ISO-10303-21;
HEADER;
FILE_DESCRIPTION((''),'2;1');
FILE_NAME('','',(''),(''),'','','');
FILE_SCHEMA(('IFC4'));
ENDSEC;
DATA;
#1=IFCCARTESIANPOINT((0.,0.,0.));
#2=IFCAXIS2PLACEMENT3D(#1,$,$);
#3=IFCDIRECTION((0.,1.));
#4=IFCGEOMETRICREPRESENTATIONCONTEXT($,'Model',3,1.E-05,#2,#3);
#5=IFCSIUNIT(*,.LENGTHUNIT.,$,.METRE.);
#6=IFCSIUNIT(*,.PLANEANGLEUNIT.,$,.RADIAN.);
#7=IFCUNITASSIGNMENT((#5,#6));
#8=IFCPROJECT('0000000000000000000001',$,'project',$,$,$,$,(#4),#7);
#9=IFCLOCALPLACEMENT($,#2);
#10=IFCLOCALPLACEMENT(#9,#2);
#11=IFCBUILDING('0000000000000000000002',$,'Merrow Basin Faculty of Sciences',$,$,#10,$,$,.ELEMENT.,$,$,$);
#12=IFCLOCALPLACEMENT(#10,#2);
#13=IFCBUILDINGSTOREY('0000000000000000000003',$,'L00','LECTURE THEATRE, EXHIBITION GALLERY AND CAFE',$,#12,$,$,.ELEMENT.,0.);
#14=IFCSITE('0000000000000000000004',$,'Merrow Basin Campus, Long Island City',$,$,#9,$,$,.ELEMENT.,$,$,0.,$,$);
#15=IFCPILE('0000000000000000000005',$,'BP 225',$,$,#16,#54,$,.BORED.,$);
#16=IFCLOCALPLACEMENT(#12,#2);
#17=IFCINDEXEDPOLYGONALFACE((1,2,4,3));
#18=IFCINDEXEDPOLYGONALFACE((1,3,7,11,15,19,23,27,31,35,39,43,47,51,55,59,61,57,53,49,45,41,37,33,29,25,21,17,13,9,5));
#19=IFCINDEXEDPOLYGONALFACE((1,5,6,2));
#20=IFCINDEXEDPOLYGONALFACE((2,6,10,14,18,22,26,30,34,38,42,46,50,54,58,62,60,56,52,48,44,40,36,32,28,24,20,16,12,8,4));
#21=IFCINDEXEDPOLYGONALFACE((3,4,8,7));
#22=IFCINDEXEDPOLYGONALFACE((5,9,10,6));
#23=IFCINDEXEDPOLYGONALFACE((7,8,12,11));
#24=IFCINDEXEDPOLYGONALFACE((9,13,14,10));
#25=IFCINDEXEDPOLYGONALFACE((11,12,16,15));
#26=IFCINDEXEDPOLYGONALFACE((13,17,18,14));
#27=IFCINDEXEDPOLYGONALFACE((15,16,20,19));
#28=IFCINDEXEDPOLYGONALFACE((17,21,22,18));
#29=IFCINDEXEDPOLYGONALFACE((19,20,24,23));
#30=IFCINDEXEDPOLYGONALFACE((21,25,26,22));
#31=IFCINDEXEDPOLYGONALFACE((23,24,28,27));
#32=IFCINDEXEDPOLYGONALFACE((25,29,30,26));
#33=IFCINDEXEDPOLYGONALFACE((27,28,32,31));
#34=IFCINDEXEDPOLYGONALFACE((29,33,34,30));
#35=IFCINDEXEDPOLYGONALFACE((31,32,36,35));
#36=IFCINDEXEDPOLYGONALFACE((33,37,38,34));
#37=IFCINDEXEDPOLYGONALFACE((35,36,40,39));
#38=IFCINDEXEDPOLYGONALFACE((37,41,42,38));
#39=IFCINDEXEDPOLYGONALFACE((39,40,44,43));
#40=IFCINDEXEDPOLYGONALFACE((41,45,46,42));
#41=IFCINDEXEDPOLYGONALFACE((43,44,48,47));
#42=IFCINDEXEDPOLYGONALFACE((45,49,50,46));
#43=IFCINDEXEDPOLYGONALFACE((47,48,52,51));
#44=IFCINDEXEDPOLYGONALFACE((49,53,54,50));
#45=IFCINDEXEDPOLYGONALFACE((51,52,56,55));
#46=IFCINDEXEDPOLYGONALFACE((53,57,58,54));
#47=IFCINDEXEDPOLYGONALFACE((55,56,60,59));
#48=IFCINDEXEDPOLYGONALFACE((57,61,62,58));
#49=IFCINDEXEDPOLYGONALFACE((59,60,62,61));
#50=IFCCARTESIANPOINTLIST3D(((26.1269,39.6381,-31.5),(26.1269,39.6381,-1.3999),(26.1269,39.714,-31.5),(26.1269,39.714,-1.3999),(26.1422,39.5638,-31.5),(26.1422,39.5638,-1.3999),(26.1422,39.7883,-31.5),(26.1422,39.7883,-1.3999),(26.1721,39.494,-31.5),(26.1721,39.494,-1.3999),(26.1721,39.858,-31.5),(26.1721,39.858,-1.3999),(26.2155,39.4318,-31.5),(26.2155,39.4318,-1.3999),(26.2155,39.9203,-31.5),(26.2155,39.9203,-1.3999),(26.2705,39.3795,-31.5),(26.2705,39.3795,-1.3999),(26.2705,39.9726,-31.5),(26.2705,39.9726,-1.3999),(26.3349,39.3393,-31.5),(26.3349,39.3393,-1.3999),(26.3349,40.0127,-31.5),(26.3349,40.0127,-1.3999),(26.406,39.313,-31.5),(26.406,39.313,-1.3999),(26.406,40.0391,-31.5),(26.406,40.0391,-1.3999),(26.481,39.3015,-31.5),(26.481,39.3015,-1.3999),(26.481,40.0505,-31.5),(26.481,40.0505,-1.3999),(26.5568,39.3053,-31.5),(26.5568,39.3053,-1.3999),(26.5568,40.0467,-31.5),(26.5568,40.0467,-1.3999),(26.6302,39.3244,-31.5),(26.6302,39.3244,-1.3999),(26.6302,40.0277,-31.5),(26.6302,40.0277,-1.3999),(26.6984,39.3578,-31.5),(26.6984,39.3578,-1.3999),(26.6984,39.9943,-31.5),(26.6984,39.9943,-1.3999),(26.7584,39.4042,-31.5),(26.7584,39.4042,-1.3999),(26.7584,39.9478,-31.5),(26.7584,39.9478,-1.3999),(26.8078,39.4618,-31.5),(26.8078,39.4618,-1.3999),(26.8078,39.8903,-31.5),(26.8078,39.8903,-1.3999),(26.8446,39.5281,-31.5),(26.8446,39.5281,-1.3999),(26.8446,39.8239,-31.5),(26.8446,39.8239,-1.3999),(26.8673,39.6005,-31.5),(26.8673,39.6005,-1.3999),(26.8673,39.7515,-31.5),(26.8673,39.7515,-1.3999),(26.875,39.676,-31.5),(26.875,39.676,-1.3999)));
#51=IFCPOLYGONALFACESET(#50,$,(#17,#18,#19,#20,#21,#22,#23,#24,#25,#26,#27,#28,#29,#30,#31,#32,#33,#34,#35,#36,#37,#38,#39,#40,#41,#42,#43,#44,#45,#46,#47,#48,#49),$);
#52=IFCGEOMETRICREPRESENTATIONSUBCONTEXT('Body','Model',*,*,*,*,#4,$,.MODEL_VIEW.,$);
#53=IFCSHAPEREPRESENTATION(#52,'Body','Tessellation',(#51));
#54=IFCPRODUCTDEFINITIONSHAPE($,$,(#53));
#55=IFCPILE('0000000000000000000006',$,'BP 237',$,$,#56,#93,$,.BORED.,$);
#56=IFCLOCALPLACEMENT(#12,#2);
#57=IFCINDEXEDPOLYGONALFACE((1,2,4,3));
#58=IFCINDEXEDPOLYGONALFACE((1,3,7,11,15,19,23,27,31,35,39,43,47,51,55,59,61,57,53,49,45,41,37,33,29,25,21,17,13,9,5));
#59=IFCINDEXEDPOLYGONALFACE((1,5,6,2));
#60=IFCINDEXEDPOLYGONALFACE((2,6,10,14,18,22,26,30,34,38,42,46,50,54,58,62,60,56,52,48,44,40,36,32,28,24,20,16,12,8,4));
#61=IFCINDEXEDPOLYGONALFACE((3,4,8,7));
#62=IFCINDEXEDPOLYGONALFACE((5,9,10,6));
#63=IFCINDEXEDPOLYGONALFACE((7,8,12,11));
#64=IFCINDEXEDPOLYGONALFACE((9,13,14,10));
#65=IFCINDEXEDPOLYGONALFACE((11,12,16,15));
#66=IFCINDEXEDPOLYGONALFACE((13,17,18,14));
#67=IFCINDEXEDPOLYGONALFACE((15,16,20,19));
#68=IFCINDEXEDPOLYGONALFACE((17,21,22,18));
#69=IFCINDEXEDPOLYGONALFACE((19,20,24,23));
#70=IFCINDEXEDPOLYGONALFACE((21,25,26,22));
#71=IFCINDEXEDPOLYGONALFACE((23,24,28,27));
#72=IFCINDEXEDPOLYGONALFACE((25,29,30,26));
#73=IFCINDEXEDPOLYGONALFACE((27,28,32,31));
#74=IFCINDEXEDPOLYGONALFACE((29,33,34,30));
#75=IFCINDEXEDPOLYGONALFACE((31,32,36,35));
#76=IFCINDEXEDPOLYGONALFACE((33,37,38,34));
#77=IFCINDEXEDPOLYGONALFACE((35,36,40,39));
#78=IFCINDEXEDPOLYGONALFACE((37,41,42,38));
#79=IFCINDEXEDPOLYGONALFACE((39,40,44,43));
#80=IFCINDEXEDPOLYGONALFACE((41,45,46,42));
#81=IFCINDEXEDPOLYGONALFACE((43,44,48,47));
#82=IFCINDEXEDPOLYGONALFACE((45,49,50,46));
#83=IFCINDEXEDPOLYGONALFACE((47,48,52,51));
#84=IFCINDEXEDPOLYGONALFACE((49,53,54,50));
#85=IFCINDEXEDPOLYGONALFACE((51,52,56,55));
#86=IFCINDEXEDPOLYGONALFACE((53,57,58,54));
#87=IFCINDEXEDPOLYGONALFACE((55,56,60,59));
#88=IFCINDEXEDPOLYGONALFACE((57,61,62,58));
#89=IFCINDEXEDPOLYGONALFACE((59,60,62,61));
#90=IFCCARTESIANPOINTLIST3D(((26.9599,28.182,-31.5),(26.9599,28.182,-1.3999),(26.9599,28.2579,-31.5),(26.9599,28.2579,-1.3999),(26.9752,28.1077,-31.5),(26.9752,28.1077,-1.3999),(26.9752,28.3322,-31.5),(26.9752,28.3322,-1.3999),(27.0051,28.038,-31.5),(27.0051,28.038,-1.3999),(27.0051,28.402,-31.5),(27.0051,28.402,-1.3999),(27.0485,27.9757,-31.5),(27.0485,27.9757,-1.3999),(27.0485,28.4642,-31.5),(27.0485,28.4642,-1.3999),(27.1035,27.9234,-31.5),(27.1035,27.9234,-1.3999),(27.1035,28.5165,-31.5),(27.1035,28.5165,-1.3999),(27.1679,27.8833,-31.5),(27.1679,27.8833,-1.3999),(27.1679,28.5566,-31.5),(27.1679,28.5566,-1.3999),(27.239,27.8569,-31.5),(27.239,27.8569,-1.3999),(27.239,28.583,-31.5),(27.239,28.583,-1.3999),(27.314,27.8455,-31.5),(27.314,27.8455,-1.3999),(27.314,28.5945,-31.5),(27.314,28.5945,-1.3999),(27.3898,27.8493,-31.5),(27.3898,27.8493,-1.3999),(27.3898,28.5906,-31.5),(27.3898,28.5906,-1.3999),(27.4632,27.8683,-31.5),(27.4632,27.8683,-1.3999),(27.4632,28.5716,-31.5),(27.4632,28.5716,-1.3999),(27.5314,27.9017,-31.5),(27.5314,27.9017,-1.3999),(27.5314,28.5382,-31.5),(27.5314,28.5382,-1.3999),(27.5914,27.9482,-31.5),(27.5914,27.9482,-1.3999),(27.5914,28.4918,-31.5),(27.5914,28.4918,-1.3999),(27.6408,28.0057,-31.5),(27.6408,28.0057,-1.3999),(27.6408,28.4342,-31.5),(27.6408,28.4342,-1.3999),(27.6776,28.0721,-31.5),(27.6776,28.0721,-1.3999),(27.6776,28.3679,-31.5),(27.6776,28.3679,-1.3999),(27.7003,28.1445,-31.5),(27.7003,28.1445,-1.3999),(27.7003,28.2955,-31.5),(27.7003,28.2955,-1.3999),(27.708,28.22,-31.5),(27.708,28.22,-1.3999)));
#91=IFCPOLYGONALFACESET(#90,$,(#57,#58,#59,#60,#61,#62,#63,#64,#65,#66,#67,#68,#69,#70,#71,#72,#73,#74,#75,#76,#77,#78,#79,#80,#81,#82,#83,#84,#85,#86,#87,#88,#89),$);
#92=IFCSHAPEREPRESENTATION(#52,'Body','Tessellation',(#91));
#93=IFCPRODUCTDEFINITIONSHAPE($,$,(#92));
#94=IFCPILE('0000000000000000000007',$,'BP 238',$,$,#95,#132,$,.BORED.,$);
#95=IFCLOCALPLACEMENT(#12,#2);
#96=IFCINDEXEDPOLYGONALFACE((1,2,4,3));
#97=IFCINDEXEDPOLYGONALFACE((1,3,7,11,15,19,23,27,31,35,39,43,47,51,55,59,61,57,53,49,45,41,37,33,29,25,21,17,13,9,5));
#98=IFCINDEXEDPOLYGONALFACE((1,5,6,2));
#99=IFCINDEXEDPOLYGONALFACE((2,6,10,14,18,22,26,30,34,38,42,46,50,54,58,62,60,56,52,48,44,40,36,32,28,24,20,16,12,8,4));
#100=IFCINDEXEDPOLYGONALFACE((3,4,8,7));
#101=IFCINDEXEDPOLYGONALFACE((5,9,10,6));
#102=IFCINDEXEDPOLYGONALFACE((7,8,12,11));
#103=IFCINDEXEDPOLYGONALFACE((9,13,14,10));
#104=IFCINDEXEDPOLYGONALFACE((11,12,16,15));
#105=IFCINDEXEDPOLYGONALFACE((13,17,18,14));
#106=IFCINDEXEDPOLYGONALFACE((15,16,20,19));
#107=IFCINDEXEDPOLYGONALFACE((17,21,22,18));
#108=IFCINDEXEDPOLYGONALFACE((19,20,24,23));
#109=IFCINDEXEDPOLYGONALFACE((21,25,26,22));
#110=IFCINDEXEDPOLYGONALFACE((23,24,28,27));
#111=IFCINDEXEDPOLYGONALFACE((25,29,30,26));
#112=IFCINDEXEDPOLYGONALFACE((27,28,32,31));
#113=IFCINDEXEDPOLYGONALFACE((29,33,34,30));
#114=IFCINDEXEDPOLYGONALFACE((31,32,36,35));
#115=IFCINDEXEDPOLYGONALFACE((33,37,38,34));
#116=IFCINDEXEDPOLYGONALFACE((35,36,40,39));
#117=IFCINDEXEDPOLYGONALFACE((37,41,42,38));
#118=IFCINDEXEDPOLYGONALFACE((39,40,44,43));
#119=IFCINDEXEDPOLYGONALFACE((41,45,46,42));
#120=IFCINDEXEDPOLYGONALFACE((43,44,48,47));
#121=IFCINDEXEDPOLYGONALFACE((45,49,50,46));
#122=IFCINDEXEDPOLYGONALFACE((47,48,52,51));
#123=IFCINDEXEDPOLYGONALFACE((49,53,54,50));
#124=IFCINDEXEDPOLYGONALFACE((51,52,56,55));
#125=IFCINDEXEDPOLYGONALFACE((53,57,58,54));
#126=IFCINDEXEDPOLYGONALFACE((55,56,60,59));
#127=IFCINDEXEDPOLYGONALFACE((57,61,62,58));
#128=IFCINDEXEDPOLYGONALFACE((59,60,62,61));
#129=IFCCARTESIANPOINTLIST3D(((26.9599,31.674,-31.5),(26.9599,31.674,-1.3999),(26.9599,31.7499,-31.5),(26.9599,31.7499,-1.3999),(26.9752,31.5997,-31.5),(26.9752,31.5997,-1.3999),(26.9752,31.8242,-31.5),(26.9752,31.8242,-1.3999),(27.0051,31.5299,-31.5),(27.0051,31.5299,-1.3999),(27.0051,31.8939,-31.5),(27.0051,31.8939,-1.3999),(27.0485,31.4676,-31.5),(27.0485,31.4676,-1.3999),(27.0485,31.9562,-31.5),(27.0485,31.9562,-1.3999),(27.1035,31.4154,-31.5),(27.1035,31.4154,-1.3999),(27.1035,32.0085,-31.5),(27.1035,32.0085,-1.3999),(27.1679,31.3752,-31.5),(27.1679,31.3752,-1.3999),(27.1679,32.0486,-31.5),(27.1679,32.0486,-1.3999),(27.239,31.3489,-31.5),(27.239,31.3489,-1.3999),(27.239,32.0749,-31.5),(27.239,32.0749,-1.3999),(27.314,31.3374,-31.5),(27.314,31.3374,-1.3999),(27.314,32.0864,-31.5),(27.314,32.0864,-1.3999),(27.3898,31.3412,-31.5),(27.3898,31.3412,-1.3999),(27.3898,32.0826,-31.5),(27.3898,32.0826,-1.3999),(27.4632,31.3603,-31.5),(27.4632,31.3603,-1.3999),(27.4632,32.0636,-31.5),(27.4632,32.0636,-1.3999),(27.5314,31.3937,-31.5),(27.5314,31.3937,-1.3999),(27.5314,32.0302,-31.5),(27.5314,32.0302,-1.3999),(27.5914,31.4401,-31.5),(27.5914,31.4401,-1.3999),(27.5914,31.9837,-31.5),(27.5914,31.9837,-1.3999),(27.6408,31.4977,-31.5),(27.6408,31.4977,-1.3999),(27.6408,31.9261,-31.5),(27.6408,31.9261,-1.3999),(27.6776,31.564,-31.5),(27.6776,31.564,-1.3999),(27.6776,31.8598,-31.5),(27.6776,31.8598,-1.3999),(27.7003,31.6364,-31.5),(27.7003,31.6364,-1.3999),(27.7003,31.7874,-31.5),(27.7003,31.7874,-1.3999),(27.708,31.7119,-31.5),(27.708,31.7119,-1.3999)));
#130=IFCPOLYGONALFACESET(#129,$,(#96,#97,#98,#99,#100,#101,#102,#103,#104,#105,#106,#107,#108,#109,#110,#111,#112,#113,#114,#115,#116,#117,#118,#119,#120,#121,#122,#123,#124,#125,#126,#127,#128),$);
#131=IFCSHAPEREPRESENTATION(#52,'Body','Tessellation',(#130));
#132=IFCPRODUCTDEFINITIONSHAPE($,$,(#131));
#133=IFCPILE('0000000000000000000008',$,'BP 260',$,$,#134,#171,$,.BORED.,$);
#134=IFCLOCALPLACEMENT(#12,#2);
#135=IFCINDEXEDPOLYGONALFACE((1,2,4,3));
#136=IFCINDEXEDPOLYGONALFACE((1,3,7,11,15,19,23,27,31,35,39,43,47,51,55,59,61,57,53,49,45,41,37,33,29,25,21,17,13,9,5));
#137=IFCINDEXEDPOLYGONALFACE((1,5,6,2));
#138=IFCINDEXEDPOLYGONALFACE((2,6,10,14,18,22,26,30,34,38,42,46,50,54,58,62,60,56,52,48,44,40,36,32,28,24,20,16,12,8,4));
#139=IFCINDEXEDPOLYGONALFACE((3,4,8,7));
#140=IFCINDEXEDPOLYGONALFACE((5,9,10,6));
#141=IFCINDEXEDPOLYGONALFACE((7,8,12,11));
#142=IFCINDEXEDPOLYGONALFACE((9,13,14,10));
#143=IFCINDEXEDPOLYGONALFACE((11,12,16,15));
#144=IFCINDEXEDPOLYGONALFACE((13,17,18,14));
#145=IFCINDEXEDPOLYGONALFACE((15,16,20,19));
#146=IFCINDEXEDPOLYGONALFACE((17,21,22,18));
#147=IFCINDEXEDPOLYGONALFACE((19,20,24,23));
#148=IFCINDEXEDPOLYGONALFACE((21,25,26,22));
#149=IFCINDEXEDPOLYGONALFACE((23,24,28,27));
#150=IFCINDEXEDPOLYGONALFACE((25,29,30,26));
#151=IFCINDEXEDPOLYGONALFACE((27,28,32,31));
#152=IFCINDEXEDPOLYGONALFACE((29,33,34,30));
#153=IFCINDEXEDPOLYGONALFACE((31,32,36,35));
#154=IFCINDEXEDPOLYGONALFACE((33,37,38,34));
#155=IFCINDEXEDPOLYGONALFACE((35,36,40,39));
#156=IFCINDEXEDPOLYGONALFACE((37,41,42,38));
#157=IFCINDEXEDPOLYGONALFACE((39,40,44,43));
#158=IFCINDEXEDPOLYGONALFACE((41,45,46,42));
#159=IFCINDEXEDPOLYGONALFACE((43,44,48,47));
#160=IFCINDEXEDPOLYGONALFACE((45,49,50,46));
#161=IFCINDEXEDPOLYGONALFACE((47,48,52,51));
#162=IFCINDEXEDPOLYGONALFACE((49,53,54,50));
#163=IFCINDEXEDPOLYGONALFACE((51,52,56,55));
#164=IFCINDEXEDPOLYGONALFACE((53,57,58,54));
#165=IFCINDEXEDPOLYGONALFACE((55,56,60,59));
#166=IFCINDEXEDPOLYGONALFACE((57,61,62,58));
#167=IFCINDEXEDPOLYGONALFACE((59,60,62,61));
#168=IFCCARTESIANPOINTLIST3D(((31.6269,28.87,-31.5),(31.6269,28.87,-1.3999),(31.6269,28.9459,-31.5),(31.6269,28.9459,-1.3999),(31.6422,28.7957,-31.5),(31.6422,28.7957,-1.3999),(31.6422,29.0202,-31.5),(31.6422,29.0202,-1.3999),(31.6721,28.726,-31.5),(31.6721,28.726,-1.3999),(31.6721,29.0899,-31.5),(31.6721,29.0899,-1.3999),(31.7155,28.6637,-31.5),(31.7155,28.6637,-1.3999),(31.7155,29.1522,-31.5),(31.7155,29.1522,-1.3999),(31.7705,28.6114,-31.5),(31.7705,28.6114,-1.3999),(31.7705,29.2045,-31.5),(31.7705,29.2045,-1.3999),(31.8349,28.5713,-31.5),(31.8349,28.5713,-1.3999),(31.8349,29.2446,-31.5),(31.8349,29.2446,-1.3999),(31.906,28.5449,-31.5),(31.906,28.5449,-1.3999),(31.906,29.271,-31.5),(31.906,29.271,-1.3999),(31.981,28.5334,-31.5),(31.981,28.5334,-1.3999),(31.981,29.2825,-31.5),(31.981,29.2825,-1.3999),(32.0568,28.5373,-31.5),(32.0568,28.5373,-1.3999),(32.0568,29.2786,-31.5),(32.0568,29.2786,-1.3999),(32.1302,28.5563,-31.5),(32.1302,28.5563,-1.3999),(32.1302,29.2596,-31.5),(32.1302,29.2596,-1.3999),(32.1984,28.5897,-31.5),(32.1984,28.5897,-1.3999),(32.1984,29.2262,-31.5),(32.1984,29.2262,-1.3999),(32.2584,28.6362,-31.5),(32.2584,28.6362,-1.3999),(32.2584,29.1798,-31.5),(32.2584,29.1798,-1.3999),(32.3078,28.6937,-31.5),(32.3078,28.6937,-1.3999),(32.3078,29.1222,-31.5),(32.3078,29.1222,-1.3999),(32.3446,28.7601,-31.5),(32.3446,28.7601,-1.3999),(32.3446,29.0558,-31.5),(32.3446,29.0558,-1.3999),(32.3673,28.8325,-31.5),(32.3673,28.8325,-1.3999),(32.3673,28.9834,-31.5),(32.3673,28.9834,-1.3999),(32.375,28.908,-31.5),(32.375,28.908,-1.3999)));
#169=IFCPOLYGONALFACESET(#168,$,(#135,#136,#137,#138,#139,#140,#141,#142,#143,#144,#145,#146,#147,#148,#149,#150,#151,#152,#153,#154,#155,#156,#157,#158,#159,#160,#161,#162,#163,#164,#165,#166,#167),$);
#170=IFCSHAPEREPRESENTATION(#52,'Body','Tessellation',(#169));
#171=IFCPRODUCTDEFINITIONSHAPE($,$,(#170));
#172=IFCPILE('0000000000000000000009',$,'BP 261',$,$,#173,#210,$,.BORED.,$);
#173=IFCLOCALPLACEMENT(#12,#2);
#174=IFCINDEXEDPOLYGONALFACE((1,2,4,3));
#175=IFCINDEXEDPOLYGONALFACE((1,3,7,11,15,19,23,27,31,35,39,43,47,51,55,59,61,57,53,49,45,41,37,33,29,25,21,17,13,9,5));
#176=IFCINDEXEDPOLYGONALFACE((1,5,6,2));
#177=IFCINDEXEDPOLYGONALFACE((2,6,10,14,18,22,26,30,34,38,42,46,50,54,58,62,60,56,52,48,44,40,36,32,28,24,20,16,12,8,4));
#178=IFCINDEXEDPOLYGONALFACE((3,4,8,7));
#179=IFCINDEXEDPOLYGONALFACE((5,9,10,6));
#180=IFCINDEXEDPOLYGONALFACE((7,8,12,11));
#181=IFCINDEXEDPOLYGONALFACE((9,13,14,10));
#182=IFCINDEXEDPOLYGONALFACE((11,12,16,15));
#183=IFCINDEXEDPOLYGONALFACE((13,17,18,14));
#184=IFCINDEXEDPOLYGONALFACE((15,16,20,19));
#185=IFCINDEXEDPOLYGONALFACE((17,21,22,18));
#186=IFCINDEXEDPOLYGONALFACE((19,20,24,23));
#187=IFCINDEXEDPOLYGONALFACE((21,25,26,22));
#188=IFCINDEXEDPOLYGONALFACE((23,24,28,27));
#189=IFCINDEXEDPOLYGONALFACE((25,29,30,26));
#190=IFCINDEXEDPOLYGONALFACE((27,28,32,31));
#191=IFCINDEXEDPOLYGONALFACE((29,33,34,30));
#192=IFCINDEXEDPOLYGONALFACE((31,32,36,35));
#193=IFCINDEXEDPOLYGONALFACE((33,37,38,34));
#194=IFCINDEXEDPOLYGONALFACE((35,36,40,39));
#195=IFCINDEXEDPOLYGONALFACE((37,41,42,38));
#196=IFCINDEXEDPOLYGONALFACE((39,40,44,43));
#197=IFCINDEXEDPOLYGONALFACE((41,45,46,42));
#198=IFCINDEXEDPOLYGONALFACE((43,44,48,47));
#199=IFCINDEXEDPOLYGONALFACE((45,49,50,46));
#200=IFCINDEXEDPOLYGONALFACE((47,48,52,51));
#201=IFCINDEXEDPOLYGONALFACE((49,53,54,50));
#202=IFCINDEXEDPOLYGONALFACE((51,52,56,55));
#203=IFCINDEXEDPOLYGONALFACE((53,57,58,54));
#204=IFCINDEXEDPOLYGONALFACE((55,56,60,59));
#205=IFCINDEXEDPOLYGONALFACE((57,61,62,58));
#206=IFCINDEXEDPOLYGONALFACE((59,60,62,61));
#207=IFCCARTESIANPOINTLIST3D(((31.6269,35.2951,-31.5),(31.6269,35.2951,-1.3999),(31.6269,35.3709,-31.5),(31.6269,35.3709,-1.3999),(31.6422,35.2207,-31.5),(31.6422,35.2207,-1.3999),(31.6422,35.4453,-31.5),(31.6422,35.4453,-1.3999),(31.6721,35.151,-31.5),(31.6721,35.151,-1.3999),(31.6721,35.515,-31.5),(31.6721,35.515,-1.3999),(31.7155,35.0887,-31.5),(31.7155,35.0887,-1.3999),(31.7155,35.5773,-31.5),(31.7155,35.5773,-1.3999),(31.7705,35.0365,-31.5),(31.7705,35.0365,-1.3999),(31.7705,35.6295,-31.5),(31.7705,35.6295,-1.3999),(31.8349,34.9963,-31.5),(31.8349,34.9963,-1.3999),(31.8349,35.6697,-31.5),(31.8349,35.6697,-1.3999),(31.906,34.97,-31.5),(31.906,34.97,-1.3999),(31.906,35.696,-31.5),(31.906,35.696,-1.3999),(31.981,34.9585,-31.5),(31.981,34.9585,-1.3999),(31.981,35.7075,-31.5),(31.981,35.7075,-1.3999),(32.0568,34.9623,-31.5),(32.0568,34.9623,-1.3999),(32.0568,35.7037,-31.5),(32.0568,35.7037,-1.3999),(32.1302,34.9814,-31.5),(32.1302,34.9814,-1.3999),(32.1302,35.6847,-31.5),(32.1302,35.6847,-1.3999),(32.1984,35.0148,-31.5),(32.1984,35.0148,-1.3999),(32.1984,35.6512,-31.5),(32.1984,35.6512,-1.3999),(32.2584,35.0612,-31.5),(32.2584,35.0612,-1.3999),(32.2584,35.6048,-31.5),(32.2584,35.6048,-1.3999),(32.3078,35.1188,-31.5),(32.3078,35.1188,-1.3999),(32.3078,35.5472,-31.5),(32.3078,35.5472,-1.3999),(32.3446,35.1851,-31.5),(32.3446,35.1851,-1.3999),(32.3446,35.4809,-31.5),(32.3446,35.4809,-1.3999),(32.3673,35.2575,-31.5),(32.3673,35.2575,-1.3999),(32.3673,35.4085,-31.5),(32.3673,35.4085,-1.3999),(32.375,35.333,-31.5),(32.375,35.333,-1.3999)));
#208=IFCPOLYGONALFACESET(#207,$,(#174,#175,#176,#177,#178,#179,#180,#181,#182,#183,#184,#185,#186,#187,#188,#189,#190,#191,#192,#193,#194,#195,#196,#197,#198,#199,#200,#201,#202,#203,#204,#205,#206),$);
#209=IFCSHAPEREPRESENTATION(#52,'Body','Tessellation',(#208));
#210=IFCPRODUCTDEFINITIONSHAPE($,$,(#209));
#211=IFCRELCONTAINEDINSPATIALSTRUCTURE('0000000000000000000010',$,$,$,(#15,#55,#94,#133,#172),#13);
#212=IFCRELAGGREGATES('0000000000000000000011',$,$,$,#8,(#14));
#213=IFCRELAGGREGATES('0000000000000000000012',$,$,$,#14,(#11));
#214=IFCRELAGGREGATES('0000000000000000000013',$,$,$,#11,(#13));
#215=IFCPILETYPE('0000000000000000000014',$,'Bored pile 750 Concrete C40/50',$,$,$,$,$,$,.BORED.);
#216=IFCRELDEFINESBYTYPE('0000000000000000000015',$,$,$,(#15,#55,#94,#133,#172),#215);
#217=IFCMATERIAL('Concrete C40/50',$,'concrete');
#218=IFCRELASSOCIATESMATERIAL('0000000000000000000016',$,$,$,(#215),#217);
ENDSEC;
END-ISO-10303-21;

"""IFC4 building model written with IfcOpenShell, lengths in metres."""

from ifc_helpers import new_model, si_unit, direction, frame, origin, origin_2d, place, context, subcontext, project, spatial, circle, extrude, material, material_profile, profile_set, type_object, element, save


model = new_model("IFC4")

# Units and contexts
model_context = context("Model", 3, precision=1e-05, world=origin(), true_north=direction((0.0, 1.0)))
body_context = subcontext(model_context, "Body", "Model", "MODEL_VIEW")
ifc_project = project(units=[si_unit("LENGTHUNIT", "METRE"), si_unit("PLANEANGLEUNIT", "RADIAN")], contexts=[model_context])

# Site, building, storey
site_placement = place(None, origin())
site = spatial("IfcSite", under=ifc_project, at=site_placement, Name="Merrow Basin Campus, Long Island City", CompositionType="ELEMENT", RefElevation=0.0)
building_placement = place(site_placement, origin())
building = spatial("IfcBuilding", under=site, at=building_placement, Name="Merrow Basin Faculty of Sciences", CompositionType="ELEMENT")
storey_placement = place(building_placement, origin())
storey = spatial("IfcBuildingStorey", under=building, at=storey_placement, Name="L00", Description="LECTURE THEATRE, EXHIBITION GALLERY AND CAFE", CompositionType="ELEMENT", Elevation=0.0)

# Piles
ifc_material_1 = material(Name="Concrete C40/50", Category="concrete")
ifc_material_profile_1 = material_profile(ifc_material_1, circle(Radius=0.375, at=origin_2d()))
ifc_profile_set_1 = profile_set([ifc_material_profile_1], Name="Concrete C40/50")
pile_type = type_object("IfcPileType", Name="Bored pile 750 Concrete C40/50", PredefinedType="BORED", material=ifc_profile_set_1)
for number, where, z_axis, x_axis, name in (
    (1, (26.5, 39.676, -1.3999), (0.0, 0.0, -1.0), (1.0, 0.0, 0.0), "BP 225"),
    (2, (27.333, 28.22, -1.3999), (0.0, 0.0, -1.0), (1.0, 0.0, 0.0), "BP 237"),
    (3, (27.333, 31.7119, -1.3999), (0.0, 0.0, -1.0), (1.0, 0.0, 0.0), "BP 238"),
    (4, (32.0, 28.908, -1.3999), (0.0, 0.0, -1.0), (1.0, 0.0, 0.0), "BP 260"),
    (5, (32.0, 35.333, -1.3999), (0.0, 0.0, -1.0), (1.0, 0.0, 0.0), "BP 261"),
):
    element("IfcPile", number, at=place(storey_placement, frame(where, z_axis=z_axis, x_axis=x_axis)), inside=storey, type_object=pile_type, Name=name, PredefinedType="BORED", context=body_context, shape_type="SweptSolid", body=[
        extrude(circle(Radius=0.375, at=origin_2d()), origin(), (0.0, 0.0, 1.0), 30.1001),
    ])

save(model, "model.ifc")
